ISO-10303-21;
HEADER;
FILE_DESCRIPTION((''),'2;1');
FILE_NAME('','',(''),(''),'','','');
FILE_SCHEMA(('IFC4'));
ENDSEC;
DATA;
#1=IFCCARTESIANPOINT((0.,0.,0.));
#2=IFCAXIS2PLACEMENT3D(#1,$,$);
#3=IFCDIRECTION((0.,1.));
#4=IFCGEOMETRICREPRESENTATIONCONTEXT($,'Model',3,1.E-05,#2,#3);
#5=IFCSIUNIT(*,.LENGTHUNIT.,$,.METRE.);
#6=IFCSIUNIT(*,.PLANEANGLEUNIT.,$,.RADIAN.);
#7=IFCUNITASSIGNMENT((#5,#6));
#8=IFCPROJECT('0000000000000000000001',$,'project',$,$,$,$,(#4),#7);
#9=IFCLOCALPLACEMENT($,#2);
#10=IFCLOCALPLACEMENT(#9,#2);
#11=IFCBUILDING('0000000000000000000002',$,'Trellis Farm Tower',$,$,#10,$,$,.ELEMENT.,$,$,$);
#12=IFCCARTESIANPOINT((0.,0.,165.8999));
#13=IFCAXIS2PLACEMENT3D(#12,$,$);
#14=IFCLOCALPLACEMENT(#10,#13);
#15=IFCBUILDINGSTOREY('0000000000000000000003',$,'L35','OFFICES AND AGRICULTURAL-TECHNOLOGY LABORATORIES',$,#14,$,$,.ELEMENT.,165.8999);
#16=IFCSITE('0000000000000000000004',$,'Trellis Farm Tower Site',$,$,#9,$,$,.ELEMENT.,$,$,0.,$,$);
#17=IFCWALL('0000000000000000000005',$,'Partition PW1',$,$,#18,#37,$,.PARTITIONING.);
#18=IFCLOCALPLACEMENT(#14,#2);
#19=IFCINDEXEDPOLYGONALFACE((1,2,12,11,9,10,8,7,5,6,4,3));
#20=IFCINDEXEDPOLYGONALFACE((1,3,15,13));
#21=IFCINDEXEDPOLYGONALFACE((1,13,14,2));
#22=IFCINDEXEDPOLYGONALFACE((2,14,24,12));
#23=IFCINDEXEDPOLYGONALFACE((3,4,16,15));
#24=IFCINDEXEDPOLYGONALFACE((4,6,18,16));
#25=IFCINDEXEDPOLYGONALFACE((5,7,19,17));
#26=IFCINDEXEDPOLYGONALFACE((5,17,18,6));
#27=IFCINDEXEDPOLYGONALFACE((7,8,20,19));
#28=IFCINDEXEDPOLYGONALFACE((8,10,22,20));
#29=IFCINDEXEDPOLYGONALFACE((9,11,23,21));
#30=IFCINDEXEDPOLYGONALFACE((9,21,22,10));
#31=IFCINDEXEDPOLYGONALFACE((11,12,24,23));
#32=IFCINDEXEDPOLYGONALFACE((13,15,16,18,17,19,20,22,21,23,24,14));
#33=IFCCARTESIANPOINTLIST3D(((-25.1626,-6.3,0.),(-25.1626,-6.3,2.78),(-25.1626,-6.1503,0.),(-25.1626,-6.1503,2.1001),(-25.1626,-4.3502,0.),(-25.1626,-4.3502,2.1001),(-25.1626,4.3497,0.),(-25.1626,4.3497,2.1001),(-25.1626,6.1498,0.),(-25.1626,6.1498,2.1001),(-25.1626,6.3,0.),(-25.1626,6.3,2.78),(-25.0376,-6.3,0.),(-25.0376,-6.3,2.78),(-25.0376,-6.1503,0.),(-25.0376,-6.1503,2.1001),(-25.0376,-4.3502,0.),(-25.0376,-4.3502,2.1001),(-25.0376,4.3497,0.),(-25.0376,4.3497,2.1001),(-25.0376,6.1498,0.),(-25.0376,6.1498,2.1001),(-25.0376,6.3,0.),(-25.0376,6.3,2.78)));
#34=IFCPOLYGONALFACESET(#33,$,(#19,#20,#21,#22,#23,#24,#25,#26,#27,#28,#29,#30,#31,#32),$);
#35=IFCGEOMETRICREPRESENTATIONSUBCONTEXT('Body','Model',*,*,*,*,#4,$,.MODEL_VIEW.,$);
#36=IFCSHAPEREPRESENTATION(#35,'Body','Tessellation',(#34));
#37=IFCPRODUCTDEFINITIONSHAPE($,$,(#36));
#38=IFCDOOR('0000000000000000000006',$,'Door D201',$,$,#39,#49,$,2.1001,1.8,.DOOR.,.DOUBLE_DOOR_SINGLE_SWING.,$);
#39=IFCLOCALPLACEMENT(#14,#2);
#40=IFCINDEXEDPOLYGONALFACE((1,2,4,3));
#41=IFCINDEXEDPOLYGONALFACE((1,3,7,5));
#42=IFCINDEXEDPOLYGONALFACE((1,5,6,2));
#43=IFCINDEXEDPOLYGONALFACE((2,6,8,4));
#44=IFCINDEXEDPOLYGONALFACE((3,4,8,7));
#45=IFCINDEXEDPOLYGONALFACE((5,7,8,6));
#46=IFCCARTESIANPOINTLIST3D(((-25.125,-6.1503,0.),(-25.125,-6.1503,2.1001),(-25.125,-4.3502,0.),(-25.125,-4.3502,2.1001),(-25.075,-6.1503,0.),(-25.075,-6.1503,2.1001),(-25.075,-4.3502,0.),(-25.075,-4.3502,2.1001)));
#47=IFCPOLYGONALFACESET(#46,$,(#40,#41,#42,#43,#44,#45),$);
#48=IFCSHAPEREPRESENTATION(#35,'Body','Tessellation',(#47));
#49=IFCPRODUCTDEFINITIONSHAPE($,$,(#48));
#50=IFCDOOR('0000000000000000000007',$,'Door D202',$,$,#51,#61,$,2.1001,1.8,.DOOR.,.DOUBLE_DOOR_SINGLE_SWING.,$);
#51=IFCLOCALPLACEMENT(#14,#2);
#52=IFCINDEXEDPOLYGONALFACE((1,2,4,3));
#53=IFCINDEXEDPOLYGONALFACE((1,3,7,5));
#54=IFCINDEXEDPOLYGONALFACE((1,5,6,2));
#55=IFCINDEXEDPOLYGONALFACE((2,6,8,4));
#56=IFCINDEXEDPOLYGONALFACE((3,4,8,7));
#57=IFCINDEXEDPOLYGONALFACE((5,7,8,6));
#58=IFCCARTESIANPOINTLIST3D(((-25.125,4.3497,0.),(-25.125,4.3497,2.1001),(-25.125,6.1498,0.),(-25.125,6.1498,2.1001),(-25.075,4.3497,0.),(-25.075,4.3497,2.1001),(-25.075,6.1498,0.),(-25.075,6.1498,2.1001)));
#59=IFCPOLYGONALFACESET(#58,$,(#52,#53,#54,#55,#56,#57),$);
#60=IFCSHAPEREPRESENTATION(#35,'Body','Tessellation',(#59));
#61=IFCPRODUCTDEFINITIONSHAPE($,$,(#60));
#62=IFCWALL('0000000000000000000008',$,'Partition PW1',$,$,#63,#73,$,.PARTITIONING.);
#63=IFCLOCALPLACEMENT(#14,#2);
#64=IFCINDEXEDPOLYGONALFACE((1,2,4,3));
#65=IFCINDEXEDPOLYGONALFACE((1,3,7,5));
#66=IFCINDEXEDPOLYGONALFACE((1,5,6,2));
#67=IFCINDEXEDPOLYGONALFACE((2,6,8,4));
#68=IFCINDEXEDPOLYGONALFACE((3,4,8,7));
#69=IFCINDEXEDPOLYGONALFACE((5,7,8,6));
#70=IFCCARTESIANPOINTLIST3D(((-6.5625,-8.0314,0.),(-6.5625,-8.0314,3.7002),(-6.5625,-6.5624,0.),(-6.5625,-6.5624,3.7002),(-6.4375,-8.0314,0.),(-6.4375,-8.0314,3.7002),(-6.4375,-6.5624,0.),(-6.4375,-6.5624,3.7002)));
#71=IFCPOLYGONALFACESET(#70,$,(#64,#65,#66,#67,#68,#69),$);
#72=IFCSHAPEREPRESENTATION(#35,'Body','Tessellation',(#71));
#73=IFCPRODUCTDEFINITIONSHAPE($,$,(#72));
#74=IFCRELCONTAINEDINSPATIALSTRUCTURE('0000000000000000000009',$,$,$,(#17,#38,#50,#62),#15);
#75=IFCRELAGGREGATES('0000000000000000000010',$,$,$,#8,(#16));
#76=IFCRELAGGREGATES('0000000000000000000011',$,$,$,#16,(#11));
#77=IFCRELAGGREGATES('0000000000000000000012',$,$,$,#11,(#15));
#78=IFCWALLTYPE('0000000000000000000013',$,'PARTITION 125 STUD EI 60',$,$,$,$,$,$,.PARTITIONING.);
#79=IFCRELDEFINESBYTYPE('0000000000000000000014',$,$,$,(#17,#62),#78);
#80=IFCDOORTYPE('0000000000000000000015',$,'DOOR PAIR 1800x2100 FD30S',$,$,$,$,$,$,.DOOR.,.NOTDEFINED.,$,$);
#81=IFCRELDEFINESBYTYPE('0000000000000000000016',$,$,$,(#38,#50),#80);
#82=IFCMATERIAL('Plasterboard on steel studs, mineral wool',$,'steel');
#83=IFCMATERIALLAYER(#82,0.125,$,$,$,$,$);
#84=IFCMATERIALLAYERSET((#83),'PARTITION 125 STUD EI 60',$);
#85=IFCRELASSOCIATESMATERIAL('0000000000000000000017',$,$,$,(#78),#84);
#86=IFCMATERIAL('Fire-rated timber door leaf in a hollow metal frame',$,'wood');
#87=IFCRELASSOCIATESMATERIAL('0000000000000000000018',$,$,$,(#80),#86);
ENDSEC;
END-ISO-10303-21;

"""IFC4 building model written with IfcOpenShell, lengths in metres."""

from ifc_helpers import new_model, si_unit, direction, frame, frame_2d, origin, place, context, subcontext, project, spatial, rectangle, extrude, source, transform, mapped, material, layer, layer_set, type_object, element, fill, save


model = new_model("IFC4")

# Units and contexts
model_context = context("Model", 3, precision=1e-05, world=origin(), true_north=direction((0.0, 1.0)))
body_context = subcontext(model_context, "Body", "Model", "MODEL_VIEW")
ifc_project = project(units=[si_unit("LENGTHUNIT", "METRE"), si_unit("PLANEANGLEUNIT", "RADIAN")], contexts=[model_context])

# Site, building, storey
site_placement = place(None, origin())
site = spatial("IfcSite", under=ifc_project, at=site_placement, Name="Trellis Farm Tower Site", CompositionType="ELEMENT", RefElevation=0.0)
building_placement = place(site_placement, origin())
building = spatial("IfcBuilding", under=site, at=building_placement, Name="Trellis Farm Tower", CompositionType="ELEMENT")
storey_placement = place(building_placement, frame((0.0, 0.0, 165.8999)))
storey = spatial("IfcBuildingStorey", under=building, at=storey_placement, Name="L35", Description="OFFICES AND AGRICULTURAL-TECHNOLOGY LABORATORIES", CompositionType="ELEMENT", Elevation=165.8999)

# Wall, openings, doors
ifc_material_1 = material(Name="Plasterboard on steel studs, mineral wool", Category="steel")
ifc_layer_1 = layer(ifc_material_1, 0.125)
ifc_layer_set_1 = layer_set([ifc_layer_1], Name="PARTITION 125 STUD EI 60")
wall_type = type_object("IfcWallType", Name="PARTITION 125 STUD EI 60", PredefinedType="PARTITIONING", material=ifc_layer_set_1)
shared_shape_1 = source(origin(), body_context, "Body", "SweptSolid", [
    extrude(rectangle(XDim=12.6001, YDim=0.125, at=frame_2d((6.3, 0.0))), origin(), (0.0, 0.0, 1.0), 2.78),
])
wall_1_placement = place(storey_placement, frame((-25.1001, -6.3, 0.0), z_axis=(0.0, 0.0, 1.0), x_axis=(0.0, 1.0, 0.0)))
wall_1 = element("IfcWall", 1, at=wall_1_placement, inside=storey, type_object=wall_type, Name="Partition PW1", PredefinedType="PARTITIONING", context=body_context, shape_type="MappedRepresentation", body=[
    mapped(shared_shape_1, transform((0.0, 0.0, 0.0))),
])
shared_shape_2 = source(origin(), body_context, "Body", "SweptSolid", [
    extrude(rectangle(XDim=1.8, YDim=2.1001, at=frame_2d((0.8999, 1.05))), frame((0.0, 0.0725, 0.0), z_axis=(0.0, -1.0, 0.0), x_axis=(1.0, 0.0, 0.0)), (0.0, 0.0, 1.0), 0.145),
])
opening_1_placement = place(wall_1_placement, frame((0.1499, 0.0, 0.0)))
opening_1 = element("IfcOpeningElement", 2, at=opening_1_placement, cuts=wall_1, PredefinedType="OPENING", context=body_context, shape_type="MappedRepresentation", body=[
    mapped(shared_shape_2, transform((0.0, 0.0, 0.0))),
])
opening_2_placement = place(wall_1_placement, frame((10.6499, 0.0, 0.0)))
opening_2 = element("IfcOpeningElement", 3, at=opening_2_placement, cuts=wall_1, PredefinedType="OPENING", context=body_context, shape_type="MappedRepresentation", body=[
    mapped(shared_shape_2, transform((0.0, 0.0, 0.0))),
])
ifc_material_2 = material(Name="Fire-rated timber door leaf in a hollow metal frame", Category="wood")
door_type = type_object("IfcDoorType", Name="DOOR PAIR 1800x2100 FD30S", OperationType="NOTDEFINED", PredefinedType="DOOR", material=ifc_material_2)
shared_shape_3 = source(origin(), body_context, "Body", "SweptSolid", [
    extrude(rectangle(XDim=1.8, YDim=2.1001, at=frame_2d((0.8999, 1.05))), frame((0.0, 0.0249, 0.0), z_axis=(0.0, -1.0, 0.0), x_axis=(1.0, 0.0, 0.0)), (0.0, 0.0, 1.0), 0.05),
])
door_1_placement = place(opening_1_placement, origin())
door_1 = element("IfcDoor", 4, at=door_1_placement, inside=storey, type_object=door_type, Name="Door D201", OperationType="DOUBLE_DOOR_SINGLE_SWING", OverallHeight=2.1001, OverallWidth=1.8, PredefinedType="DOOR", context=body_context, shape_type="MappedRepresentation", body=[
    mapped(shared_shape_3, transform((0.0, 0.0, 0.0))),
])
fill(opening_1, door_1)
door_2_placement = place(opening_2_placement, origin())
door_2 = element("IfcDoor", 5, at=door_2_placement, inside=storey, type_object=door_type, Name="Door D202", OperationType="DOUBLE_DOOR_SINGLE_SWING", OverallHeight=2.1001, OverallWidth=1.8, PredefinedType="DOOR", context=body_context, shape_type="MappedRepresentation", body=[
    mapped(shared_shape_3, transform((0.0, 0.0, 0.0))),
])
fill(opening_2, door_2)

# Wall
shared_shape_4 = source(origin(), body_context, "Body", "SweptSolid", [
    extrude(rectangle(XDim=1.469, YDim=0.125, at=frame_2d((0.7344, 0.0))), origin(), (0.0, 0.0, 1.0), 3.7002),
])
wall_2_placement = place(storey_placement, frame((-6.5, -6.5625, 0.0), z_axis=(0.0, 0.0, 1.0), x_axis=(0.0, -1.0, 0.0)))
element("IfcWall", 6, at=wall_2_placement, inside=storey, type_object=wall_type, Name="Partition PW1", PredefinedType="PARTITIONING", context=body_context, shape_type="MappedRepresentation", body=[
    mapped(shared_shape_4, transform((0.0, 0.0, 0.0))),
])

save(model, "model.ifc")
